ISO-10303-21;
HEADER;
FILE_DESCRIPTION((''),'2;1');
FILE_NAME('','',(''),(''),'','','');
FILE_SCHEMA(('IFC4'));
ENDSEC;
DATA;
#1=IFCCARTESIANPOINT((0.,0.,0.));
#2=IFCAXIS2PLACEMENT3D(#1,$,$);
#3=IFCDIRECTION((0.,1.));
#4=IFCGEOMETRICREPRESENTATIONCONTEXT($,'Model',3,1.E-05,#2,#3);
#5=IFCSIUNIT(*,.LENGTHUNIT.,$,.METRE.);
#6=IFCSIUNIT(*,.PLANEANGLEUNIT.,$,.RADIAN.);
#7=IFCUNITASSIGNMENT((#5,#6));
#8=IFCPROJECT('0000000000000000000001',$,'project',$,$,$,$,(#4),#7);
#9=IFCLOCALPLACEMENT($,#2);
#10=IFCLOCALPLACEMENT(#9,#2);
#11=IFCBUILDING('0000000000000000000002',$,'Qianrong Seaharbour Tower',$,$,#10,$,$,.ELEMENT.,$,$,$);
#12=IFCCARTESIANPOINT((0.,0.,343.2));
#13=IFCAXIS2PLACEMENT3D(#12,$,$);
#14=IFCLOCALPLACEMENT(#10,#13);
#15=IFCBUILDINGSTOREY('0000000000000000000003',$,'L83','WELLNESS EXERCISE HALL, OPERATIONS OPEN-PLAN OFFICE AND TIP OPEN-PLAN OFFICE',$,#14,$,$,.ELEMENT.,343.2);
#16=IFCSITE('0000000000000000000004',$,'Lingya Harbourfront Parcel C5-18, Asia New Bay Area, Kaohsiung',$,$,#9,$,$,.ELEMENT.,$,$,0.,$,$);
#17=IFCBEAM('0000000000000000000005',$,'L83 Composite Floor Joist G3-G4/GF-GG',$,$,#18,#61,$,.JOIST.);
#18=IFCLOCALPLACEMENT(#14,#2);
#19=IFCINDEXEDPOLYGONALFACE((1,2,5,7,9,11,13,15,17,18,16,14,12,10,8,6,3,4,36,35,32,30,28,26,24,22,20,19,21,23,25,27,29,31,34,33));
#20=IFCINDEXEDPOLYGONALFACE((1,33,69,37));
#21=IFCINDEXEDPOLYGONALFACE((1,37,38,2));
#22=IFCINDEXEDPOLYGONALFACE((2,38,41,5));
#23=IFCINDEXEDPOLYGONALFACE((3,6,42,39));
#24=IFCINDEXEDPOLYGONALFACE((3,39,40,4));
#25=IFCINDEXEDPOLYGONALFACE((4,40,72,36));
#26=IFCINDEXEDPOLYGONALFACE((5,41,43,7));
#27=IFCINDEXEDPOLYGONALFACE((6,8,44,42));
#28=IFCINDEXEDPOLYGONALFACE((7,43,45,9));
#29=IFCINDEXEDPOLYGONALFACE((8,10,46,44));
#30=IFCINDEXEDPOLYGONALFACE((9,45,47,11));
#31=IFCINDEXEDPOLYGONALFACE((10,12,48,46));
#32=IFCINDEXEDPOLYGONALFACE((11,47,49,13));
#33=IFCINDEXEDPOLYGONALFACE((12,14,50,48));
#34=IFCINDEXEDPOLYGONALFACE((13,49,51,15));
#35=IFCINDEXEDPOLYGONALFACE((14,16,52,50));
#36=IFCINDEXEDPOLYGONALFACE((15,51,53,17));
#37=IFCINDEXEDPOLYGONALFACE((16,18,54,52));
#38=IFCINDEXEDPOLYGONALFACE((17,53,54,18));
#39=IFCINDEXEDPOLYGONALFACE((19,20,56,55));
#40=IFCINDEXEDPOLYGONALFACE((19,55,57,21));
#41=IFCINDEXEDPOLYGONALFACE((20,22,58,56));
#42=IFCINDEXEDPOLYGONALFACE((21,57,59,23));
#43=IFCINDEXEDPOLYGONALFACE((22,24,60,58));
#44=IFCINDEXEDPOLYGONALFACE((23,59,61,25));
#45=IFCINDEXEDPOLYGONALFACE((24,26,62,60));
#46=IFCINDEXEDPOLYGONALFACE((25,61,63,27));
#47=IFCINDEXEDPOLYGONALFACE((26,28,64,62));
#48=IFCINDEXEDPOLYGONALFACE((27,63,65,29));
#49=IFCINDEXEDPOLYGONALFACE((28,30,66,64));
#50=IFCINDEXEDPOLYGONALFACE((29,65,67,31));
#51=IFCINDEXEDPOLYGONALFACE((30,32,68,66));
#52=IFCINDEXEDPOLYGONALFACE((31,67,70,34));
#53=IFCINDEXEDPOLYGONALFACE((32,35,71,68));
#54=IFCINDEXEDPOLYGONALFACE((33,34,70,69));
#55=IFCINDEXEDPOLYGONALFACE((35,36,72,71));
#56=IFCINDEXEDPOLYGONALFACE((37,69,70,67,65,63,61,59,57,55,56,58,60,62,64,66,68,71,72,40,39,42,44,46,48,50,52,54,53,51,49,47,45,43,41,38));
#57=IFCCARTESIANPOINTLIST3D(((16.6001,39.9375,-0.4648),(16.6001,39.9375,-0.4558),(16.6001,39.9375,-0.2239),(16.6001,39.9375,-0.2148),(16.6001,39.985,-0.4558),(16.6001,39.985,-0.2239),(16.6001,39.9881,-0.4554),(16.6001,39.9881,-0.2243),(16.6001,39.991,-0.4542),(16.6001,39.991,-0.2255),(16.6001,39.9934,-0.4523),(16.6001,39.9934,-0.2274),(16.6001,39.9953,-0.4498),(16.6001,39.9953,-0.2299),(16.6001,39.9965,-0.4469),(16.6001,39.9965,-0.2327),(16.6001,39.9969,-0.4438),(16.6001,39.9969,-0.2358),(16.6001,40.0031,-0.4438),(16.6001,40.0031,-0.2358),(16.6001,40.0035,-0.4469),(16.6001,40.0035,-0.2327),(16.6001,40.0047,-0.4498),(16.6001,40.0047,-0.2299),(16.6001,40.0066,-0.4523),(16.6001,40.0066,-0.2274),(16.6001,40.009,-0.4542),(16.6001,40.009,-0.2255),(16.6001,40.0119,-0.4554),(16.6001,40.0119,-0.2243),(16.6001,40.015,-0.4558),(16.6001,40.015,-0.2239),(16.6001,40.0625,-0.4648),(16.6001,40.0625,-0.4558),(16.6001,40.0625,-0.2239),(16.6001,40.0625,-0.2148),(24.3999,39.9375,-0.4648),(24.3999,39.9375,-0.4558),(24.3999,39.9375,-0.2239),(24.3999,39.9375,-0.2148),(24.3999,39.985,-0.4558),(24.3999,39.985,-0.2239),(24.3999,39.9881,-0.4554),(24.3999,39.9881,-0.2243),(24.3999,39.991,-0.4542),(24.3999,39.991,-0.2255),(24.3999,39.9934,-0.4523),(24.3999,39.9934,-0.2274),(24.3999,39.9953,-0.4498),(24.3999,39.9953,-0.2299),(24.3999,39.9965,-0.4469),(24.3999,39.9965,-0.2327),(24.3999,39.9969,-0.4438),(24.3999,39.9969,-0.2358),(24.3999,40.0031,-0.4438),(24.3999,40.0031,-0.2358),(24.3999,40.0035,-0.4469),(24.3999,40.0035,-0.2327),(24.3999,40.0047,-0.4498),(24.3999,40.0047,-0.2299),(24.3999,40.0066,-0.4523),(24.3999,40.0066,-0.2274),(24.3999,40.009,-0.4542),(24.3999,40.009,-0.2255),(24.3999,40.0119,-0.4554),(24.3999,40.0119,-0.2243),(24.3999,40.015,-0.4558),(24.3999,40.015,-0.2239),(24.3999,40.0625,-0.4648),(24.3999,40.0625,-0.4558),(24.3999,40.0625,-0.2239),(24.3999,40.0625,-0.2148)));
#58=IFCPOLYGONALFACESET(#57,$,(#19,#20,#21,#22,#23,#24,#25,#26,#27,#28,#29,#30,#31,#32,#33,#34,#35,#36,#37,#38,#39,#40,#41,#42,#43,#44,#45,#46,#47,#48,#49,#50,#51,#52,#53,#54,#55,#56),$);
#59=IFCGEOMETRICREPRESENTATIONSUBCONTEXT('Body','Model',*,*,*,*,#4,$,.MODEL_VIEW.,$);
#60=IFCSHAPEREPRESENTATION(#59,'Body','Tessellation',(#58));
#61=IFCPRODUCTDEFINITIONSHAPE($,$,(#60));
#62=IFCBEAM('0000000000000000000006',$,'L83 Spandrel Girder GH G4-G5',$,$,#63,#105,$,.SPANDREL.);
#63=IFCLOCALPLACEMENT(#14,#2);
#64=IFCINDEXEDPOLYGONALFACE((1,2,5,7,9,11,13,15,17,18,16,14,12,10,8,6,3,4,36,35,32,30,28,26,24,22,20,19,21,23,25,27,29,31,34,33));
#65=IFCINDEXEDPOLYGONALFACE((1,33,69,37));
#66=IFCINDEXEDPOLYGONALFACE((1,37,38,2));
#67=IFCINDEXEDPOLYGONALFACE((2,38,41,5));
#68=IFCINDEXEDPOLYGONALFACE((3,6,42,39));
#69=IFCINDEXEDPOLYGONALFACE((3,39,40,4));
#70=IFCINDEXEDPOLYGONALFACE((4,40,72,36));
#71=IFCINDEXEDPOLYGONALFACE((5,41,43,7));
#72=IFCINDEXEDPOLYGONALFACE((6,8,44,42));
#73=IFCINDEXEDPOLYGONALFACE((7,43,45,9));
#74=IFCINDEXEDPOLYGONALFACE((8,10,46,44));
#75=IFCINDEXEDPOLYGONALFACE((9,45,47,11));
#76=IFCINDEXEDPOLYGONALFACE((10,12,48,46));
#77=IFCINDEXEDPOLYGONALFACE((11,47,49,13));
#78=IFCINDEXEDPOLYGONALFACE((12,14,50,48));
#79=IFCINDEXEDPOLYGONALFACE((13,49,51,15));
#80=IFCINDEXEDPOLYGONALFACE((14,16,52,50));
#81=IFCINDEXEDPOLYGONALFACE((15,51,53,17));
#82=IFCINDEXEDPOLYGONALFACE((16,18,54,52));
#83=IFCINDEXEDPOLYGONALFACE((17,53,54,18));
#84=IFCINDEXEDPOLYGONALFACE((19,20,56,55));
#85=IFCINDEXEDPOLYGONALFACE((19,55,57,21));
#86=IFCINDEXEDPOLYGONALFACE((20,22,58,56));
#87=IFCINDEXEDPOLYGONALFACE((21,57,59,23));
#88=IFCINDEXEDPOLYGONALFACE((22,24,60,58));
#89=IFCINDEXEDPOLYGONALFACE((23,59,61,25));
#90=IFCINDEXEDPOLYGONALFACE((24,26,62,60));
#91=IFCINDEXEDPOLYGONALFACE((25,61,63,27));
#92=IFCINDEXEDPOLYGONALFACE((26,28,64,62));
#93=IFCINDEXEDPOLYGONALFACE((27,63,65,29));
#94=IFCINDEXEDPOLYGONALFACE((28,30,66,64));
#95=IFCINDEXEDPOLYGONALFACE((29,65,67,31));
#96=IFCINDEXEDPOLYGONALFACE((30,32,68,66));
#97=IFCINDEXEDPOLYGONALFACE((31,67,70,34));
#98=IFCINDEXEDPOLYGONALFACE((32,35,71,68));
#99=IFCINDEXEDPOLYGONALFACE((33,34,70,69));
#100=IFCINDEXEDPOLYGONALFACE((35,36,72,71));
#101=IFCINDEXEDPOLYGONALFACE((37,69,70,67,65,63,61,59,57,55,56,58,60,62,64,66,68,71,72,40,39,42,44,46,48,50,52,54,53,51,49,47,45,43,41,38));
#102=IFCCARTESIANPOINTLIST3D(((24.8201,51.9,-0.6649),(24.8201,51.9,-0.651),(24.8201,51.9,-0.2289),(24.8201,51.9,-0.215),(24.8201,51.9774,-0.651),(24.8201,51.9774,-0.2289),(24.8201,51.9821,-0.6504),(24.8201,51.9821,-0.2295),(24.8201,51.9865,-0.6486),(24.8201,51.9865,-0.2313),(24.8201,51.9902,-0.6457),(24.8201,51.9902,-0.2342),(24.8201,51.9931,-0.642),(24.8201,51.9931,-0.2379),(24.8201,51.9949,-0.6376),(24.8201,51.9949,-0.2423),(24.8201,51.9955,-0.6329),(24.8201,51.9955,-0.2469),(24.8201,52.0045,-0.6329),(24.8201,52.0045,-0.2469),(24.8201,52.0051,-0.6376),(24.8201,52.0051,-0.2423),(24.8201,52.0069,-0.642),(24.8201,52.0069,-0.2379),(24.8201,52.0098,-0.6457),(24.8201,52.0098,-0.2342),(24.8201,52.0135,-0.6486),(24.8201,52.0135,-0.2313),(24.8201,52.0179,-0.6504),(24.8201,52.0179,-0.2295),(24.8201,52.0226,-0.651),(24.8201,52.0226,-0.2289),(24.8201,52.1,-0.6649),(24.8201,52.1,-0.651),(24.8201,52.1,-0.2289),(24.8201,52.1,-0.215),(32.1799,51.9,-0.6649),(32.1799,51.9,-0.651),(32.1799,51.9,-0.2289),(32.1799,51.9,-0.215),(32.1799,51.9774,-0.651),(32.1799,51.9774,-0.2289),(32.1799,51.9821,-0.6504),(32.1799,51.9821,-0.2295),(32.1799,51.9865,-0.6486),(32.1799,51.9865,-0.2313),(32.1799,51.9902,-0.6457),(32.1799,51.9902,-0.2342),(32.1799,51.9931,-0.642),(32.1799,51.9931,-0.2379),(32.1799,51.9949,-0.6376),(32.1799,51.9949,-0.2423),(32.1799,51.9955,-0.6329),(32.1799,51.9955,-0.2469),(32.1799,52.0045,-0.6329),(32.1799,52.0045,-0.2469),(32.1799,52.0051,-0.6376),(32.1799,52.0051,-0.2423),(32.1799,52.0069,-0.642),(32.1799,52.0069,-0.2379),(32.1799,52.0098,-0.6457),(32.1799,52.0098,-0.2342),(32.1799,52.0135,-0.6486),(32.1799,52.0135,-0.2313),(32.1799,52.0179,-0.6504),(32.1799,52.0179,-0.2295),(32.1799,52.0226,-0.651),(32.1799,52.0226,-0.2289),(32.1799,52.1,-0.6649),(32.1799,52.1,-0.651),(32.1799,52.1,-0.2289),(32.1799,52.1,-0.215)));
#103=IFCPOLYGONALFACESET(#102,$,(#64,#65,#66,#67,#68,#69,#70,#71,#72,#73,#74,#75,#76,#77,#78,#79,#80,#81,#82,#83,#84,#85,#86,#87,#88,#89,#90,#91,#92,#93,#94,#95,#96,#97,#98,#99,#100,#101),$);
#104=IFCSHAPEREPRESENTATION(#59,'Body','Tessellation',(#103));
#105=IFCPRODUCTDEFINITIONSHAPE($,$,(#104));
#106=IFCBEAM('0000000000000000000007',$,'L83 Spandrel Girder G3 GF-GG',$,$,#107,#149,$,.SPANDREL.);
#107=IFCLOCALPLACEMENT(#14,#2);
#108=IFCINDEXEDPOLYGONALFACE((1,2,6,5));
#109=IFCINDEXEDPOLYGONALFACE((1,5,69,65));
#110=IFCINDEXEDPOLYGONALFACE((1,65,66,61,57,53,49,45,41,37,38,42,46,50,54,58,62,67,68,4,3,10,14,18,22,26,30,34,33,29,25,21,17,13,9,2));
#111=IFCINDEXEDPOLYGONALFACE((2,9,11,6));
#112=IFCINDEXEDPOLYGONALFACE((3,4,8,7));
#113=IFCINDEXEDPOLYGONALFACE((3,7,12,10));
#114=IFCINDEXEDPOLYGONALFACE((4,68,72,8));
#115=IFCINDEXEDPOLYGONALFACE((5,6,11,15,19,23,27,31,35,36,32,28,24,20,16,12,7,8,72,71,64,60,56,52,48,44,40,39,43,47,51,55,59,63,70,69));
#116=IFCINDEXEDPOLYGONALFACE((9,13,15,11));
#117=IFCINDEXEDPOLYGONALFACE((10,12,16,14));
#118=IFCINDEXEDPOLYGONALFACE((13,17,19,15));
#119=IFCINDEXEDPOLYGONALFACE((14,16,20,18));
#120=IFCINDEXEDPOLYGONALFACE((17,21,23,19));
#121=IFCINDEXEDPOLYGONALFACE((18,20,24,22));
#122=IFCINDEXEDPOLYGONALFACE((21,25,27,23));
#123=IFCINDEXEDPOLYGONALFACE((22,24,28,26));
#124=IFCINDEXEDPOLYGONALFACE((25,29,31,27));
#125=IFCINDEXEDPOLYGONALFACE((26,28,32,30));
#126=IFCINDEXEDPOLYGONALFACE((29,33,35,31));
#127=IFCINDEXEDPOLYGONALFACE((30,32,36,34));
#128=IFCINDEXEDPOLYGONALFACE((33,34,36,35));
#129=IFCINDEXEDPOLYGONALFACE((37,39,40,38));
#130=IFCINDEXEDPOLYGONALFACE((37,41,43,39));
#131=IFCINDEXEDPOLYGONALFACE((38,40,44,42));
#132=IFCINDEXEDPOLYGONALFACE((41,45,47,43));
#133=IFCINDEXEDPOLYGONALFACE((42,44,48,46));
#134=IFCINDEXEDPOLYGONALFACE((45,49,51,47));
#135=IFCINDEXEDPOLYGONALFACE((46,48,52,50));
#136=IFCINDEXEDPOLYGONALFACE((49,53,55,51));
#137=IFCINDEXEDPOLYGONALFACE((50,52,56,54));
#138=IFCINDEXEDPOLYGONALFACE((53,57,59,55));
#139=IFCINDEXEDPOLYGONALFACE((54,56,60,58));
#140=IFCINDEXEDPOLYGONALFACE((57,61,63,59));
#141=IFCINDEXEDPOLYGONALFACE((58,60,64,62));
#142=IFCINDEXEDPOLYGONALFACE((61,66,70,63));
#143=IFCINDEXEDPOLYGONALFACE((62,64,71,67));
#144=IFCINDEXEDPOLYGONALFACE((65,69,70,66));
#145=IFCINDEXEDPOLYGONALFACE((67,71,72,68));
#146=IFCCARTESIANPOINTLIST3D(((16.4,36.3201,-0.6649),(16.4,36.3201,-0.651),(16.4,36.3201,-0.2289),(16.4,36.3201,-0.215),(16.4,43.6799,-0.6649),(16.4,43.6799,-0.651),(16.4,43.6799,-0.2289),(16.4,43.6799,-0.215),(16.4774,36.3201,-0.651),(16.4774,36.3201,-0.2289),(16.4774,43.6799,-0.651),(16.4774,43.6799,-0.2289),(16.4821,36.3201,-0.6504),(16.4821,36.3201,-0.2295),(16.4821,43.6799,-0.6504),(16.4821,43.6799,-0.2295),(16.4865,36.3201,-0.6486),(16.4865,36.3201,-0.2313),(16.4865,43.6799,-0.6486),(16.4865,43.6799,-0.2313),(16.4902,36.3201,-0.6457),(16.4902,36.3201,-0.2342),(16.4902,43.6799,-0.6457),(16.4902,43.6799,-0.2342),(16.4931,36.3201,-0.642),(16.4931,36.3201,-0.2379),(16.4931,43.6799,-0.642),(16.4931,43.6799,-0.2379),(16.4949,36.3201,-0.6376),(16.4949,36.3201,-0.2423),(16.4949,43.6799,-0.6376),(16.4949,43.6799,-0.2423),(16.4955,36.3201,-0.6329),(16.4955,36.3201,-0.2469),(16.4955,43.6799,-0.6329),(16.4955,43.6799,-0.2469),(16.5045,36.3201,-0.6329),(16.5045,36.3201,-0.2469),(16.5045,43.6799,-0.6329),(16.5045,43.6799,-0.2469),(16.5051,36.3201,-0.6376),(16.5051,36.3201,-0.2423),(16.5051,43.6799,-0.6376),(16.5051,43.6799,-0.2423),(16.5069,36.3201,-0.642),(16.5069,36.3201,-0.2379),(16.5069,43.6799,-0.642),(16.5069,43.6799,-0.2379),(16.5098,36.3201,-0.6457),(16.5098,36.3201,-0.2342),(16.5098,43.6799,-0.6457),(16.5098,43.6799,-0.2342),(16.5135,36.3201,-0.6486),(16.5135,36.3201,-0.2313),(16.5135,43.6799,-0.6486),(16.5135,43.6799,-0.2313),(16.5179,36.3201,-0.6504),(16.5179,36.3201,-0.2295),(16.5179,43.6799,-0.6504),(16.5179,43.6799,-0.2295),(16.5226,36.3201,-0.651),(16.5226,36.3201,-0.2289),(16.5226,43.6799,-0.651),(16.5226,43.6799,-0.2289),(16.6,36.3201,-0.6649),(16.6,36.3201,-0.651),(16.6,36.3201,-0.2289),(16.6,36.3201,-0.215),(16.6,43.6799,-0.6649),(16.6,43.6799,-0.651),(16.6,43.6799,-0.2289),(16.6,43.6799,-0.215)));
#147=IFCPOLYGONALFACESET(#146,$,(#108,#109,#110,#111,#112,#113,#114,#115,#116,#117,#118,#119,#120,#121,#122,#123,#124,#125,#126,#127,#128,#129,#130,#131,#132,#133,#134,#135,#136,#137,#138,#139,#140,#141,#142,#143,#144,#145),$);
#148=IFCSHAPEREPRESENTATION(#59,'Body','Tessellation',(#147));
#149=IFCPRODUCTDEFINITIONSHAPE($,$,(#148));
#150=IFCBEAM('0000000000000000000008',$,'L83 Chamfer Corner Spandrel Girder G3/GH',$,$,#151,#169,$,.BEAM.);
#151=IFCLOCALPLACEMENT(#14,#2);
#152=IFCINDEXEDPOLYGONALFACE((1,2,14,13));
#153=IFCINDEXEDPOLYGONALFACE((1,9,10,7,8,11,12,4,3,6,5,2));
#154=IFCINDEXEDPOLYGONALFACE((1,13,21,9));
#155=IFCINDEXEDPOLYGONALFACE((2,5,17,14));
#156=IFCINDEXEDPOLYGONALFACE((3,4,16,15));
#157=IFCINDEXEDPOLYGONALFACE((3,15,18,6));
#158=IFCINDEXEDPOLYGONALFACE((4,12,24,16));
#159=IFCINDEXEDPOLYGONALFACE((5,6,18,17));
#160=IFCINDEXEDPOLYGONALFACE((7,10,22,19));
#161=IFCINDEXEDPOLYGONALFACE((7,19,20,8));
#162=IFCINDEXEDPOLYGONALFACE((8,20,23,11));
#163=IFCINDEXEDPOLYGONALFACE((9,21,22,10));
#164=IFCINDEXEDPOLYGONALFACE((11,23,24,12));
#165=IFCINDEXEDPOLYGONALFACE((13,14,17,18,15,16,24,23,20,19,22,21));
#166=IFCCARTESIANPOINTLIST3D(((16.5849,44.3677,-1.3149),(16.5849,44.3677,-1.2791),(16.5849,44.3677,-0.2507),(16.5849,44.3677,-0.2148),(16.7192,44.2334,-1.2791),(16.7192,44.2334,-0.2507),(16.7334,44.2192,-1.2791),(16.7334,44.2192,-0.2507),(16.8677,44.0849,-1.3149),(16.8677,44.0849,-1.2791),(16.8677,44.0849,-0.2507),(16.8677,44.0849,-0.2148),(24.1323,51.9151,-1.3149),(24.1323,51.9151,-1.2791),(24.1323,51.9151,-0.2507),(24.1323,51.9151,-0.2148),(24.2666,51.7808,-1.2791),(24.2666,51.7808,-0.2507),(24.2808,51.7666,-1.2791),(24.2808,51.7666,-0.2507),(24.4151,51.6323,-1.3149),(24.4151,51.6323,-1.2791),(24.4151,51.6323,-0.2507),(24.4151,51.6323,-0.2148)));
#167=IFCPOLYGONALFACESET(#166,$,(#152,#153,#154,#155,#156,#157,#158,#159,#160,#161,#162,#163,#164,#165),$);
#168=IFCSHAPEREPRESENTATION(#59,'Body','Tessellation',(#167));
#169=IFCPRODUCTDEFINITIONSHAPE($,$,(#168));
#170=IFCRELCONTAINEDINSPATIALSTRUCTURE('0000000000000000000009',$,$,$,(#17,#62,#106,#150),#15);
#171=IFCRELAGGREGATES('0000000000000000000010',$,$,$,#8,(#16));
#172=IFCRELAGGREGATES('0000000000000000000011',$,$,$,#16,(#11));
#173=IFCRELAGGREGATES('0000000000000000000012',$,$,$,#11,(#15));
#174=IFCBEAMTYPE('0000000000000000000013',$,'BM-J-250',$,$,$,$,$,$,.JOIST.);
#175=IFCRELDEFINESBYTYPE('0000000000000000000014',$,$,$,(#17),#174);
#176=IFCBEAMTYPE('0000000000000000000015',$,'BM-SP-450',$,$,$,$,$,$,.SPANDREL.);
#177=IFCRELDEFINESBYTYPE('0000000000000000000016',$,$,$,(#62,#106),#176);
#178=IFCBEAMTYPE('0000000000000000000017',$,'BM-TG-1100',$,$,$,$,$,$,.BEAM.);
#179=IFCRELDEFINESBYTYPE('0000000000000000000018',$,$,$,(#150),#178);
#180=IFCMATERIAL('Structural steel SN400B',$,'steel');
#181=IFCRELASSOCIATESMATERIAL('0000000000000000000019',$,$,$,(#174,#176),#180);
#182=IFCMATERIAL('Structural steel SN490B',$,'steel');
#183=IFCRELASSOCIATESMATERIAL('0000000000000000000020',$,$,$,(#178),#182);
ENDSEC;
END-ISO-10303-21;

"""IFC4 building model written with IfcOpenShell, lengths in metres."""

from ifc_helpers import new_model, si_unit, direction, frame, origin, origin_2d, place, context, subcontext, project, spatial, i_section, extrude, material, material_profile, profile_set, type_object, element, save


model = new_model("IFC4")

# Units and contexts
model_context = context("Model", 3, precision=1e-05, world=origin(), true_north=direction((0.0, 1.0)))
body_context = subcontext(model_context, "Body", "Model", "MODEL_VIEW")
ifc_project = project(units=[si_unit("LENGTHUNIT", "METRE"), si_unit("PLANEANGLEUNIT", "RADIAN")], contexts=[model_context])

# Site, building, storey
site_placement = place(None, origin())
site = spatial("IfcSite", under=ifc_project, at=site_placement, Name="Lingya Harbourfront Parcel C5-18, Asia New Bay Area, Kaohsiung", CompositionType="ELEMENT", RefElevation=0.0)
building_placement = place(site_placement, origin())
building = spatial("IfcBuilding", under=site, at=building_placement, Name="Qianrong Seaharbour Tower", CompositionType="ELEMENT")
storey_placement = place(building_placement, frame((0.0, 0.0, 343.2)))
storey = spatial("IfcBuildingStorey", under=building, at=storey_placement, Name="L83", Description="WELLNESS EXERCISE HALL, OPERATIONS OPEN-PLAN OFFICE AND TIP OPEN-PLAN OFFICE", CompositionType="ELEMENT", Elevation=343.2)

# Shared definitions
ifc_material_1 = material(Name="Structural steel SN400B", Category="steel")

# Beams
ifc_material_2 = material(Name="Structural steel SN490B", Category="steel")
ifc_material_profile_1 = material_profile(ifc_material_1, i_section(OverallWidth=0.125, OverallDepth=0.25, WebThickness=0.0061, FlangeThickness=0.009, FilletRadius=0.012, at=origin_2d()), Name="H250x125x6x9")
ifc_profile_set_1 = profile_set([ifc_material_profile_1], Name="Structural steel SN400B")
beam_type_1 = type_object("IfcBeamType", Name="BM-J-250", PredefinedType="JOIST", material=ifc_profile_set_1)
beam_1_placement = place(storey_placement, frame((16.6001, 40.0, -0.3398), z_axis=(1.0, 0.0, 0.0), x_axis=(0.0, 1.0, 0.0)))
element("IfcBeam", 1, at=beam_1_placement, inside=storey, type_object=beam_type_1, Name="L83 Composite Floor Joist G3-G4/GF-GG", PredefinedType="JOIST", context=body_context, shape_type="SweptSolid", body=[
    extrude(i_section(OverallWidth=0.125, OverallDepth=0.25, WebThickness=0.0061, FlangeThickness=0.009, FilletRadius=0.012, at=origin_2d()), origin(), (0.0, 0.0, 1.0), 7.7998),
])
ifc_material_profile_2 = material_profile(ifc_material_1, i_section(OverallWidth=0.2, OverallDepth=0.45, WebThickness=0.009, FlangeThickness=0.0139, FilletRadius=0.0181, at=origin_2d()), Name="H450x200x9x14")
ifc_profile_set_2 = profile_set([ifc_material_profile_2], Name="Structural steel SN400B")
beam_type_2 = type_object("IfcBeamType", Name="BM-SP-450", PredefinedType="SPANDREL", material=ifc_profile_set_2)
for number, where, z_axis, x_axis, name in (
    (2, (24.8201, 52.0, -0.4399), (1.0, 0.0, 0.0), (0.0, 1.0, 0.0), "L83 Spandrel Girder GH G4-G5"),
    (3, (16.5, 36.3201, -0.4399), (0.0, 1.0, 0.0), (-1.0, 0.0, 0.0), "L83 Spandrel Girder G3 GF-GG"),
):
    element("IfcBeam", number, at=place(storey_placement, frame(where, z_axis=z_axis, x_axis=x_axis)), inside=storey, type_object=beam_type_2, Name=name, PredefinedType="SPANDREL", context=body_context, shape_type="SweptSolid", body=[
        extrude(i_section(OverallWidth=0.2, OverallDepth=0.45, WebThickness=0.009, FlangeThickness=0.0139, FilletRadius=0.0181, at=origin_2d()), origin(), (0.0, 0.0, 1.0), 7.3599),
    ])
ifc_material_profile_3 = material_profile(ifc_material_2, i_section(OverallWidth=0.3999, OverallDepth=1.1001, WebThickness=0.02, FlangeThickness=0.0359, at=origin_2d()), Name="BH1100x400x20x36")
ifc_profile_set_3 = profile_set([ifc_material_profile_3], Name="Structural steel SN490B")
beam_type_3 = type_object("IfcBeamType", Name="BM-TG-1100", PredefinedType="BEAM", material=ifc_profile_set_3)
beam_2_placement = place(storey_placement, frame((24.2737, 51.7737, -0.7649), z_axis=(-0.707107, -0.707107, 0.0), x_axis=(0.707107, -0.707107, 0.0)))
element("IfcBeam", 4, at=beam_2_placement, inside=storey, type_object=beam_type_3, Name="L83 Chamfer Corner Spandrel Girder G3/GH", PredefinedType="BEAM", context=body_context, shape_type="SweptSolid", body=[
    extrude(i_section(OverallWidth=0.3999, OverallDepth=1.1001, WebThickness=0.02, FlangeThickness=0.0359, at=origin_2d()), origin(), (0.0, 0.0, 1.0), 10.6736),
])

save(model, "model.ifc")
